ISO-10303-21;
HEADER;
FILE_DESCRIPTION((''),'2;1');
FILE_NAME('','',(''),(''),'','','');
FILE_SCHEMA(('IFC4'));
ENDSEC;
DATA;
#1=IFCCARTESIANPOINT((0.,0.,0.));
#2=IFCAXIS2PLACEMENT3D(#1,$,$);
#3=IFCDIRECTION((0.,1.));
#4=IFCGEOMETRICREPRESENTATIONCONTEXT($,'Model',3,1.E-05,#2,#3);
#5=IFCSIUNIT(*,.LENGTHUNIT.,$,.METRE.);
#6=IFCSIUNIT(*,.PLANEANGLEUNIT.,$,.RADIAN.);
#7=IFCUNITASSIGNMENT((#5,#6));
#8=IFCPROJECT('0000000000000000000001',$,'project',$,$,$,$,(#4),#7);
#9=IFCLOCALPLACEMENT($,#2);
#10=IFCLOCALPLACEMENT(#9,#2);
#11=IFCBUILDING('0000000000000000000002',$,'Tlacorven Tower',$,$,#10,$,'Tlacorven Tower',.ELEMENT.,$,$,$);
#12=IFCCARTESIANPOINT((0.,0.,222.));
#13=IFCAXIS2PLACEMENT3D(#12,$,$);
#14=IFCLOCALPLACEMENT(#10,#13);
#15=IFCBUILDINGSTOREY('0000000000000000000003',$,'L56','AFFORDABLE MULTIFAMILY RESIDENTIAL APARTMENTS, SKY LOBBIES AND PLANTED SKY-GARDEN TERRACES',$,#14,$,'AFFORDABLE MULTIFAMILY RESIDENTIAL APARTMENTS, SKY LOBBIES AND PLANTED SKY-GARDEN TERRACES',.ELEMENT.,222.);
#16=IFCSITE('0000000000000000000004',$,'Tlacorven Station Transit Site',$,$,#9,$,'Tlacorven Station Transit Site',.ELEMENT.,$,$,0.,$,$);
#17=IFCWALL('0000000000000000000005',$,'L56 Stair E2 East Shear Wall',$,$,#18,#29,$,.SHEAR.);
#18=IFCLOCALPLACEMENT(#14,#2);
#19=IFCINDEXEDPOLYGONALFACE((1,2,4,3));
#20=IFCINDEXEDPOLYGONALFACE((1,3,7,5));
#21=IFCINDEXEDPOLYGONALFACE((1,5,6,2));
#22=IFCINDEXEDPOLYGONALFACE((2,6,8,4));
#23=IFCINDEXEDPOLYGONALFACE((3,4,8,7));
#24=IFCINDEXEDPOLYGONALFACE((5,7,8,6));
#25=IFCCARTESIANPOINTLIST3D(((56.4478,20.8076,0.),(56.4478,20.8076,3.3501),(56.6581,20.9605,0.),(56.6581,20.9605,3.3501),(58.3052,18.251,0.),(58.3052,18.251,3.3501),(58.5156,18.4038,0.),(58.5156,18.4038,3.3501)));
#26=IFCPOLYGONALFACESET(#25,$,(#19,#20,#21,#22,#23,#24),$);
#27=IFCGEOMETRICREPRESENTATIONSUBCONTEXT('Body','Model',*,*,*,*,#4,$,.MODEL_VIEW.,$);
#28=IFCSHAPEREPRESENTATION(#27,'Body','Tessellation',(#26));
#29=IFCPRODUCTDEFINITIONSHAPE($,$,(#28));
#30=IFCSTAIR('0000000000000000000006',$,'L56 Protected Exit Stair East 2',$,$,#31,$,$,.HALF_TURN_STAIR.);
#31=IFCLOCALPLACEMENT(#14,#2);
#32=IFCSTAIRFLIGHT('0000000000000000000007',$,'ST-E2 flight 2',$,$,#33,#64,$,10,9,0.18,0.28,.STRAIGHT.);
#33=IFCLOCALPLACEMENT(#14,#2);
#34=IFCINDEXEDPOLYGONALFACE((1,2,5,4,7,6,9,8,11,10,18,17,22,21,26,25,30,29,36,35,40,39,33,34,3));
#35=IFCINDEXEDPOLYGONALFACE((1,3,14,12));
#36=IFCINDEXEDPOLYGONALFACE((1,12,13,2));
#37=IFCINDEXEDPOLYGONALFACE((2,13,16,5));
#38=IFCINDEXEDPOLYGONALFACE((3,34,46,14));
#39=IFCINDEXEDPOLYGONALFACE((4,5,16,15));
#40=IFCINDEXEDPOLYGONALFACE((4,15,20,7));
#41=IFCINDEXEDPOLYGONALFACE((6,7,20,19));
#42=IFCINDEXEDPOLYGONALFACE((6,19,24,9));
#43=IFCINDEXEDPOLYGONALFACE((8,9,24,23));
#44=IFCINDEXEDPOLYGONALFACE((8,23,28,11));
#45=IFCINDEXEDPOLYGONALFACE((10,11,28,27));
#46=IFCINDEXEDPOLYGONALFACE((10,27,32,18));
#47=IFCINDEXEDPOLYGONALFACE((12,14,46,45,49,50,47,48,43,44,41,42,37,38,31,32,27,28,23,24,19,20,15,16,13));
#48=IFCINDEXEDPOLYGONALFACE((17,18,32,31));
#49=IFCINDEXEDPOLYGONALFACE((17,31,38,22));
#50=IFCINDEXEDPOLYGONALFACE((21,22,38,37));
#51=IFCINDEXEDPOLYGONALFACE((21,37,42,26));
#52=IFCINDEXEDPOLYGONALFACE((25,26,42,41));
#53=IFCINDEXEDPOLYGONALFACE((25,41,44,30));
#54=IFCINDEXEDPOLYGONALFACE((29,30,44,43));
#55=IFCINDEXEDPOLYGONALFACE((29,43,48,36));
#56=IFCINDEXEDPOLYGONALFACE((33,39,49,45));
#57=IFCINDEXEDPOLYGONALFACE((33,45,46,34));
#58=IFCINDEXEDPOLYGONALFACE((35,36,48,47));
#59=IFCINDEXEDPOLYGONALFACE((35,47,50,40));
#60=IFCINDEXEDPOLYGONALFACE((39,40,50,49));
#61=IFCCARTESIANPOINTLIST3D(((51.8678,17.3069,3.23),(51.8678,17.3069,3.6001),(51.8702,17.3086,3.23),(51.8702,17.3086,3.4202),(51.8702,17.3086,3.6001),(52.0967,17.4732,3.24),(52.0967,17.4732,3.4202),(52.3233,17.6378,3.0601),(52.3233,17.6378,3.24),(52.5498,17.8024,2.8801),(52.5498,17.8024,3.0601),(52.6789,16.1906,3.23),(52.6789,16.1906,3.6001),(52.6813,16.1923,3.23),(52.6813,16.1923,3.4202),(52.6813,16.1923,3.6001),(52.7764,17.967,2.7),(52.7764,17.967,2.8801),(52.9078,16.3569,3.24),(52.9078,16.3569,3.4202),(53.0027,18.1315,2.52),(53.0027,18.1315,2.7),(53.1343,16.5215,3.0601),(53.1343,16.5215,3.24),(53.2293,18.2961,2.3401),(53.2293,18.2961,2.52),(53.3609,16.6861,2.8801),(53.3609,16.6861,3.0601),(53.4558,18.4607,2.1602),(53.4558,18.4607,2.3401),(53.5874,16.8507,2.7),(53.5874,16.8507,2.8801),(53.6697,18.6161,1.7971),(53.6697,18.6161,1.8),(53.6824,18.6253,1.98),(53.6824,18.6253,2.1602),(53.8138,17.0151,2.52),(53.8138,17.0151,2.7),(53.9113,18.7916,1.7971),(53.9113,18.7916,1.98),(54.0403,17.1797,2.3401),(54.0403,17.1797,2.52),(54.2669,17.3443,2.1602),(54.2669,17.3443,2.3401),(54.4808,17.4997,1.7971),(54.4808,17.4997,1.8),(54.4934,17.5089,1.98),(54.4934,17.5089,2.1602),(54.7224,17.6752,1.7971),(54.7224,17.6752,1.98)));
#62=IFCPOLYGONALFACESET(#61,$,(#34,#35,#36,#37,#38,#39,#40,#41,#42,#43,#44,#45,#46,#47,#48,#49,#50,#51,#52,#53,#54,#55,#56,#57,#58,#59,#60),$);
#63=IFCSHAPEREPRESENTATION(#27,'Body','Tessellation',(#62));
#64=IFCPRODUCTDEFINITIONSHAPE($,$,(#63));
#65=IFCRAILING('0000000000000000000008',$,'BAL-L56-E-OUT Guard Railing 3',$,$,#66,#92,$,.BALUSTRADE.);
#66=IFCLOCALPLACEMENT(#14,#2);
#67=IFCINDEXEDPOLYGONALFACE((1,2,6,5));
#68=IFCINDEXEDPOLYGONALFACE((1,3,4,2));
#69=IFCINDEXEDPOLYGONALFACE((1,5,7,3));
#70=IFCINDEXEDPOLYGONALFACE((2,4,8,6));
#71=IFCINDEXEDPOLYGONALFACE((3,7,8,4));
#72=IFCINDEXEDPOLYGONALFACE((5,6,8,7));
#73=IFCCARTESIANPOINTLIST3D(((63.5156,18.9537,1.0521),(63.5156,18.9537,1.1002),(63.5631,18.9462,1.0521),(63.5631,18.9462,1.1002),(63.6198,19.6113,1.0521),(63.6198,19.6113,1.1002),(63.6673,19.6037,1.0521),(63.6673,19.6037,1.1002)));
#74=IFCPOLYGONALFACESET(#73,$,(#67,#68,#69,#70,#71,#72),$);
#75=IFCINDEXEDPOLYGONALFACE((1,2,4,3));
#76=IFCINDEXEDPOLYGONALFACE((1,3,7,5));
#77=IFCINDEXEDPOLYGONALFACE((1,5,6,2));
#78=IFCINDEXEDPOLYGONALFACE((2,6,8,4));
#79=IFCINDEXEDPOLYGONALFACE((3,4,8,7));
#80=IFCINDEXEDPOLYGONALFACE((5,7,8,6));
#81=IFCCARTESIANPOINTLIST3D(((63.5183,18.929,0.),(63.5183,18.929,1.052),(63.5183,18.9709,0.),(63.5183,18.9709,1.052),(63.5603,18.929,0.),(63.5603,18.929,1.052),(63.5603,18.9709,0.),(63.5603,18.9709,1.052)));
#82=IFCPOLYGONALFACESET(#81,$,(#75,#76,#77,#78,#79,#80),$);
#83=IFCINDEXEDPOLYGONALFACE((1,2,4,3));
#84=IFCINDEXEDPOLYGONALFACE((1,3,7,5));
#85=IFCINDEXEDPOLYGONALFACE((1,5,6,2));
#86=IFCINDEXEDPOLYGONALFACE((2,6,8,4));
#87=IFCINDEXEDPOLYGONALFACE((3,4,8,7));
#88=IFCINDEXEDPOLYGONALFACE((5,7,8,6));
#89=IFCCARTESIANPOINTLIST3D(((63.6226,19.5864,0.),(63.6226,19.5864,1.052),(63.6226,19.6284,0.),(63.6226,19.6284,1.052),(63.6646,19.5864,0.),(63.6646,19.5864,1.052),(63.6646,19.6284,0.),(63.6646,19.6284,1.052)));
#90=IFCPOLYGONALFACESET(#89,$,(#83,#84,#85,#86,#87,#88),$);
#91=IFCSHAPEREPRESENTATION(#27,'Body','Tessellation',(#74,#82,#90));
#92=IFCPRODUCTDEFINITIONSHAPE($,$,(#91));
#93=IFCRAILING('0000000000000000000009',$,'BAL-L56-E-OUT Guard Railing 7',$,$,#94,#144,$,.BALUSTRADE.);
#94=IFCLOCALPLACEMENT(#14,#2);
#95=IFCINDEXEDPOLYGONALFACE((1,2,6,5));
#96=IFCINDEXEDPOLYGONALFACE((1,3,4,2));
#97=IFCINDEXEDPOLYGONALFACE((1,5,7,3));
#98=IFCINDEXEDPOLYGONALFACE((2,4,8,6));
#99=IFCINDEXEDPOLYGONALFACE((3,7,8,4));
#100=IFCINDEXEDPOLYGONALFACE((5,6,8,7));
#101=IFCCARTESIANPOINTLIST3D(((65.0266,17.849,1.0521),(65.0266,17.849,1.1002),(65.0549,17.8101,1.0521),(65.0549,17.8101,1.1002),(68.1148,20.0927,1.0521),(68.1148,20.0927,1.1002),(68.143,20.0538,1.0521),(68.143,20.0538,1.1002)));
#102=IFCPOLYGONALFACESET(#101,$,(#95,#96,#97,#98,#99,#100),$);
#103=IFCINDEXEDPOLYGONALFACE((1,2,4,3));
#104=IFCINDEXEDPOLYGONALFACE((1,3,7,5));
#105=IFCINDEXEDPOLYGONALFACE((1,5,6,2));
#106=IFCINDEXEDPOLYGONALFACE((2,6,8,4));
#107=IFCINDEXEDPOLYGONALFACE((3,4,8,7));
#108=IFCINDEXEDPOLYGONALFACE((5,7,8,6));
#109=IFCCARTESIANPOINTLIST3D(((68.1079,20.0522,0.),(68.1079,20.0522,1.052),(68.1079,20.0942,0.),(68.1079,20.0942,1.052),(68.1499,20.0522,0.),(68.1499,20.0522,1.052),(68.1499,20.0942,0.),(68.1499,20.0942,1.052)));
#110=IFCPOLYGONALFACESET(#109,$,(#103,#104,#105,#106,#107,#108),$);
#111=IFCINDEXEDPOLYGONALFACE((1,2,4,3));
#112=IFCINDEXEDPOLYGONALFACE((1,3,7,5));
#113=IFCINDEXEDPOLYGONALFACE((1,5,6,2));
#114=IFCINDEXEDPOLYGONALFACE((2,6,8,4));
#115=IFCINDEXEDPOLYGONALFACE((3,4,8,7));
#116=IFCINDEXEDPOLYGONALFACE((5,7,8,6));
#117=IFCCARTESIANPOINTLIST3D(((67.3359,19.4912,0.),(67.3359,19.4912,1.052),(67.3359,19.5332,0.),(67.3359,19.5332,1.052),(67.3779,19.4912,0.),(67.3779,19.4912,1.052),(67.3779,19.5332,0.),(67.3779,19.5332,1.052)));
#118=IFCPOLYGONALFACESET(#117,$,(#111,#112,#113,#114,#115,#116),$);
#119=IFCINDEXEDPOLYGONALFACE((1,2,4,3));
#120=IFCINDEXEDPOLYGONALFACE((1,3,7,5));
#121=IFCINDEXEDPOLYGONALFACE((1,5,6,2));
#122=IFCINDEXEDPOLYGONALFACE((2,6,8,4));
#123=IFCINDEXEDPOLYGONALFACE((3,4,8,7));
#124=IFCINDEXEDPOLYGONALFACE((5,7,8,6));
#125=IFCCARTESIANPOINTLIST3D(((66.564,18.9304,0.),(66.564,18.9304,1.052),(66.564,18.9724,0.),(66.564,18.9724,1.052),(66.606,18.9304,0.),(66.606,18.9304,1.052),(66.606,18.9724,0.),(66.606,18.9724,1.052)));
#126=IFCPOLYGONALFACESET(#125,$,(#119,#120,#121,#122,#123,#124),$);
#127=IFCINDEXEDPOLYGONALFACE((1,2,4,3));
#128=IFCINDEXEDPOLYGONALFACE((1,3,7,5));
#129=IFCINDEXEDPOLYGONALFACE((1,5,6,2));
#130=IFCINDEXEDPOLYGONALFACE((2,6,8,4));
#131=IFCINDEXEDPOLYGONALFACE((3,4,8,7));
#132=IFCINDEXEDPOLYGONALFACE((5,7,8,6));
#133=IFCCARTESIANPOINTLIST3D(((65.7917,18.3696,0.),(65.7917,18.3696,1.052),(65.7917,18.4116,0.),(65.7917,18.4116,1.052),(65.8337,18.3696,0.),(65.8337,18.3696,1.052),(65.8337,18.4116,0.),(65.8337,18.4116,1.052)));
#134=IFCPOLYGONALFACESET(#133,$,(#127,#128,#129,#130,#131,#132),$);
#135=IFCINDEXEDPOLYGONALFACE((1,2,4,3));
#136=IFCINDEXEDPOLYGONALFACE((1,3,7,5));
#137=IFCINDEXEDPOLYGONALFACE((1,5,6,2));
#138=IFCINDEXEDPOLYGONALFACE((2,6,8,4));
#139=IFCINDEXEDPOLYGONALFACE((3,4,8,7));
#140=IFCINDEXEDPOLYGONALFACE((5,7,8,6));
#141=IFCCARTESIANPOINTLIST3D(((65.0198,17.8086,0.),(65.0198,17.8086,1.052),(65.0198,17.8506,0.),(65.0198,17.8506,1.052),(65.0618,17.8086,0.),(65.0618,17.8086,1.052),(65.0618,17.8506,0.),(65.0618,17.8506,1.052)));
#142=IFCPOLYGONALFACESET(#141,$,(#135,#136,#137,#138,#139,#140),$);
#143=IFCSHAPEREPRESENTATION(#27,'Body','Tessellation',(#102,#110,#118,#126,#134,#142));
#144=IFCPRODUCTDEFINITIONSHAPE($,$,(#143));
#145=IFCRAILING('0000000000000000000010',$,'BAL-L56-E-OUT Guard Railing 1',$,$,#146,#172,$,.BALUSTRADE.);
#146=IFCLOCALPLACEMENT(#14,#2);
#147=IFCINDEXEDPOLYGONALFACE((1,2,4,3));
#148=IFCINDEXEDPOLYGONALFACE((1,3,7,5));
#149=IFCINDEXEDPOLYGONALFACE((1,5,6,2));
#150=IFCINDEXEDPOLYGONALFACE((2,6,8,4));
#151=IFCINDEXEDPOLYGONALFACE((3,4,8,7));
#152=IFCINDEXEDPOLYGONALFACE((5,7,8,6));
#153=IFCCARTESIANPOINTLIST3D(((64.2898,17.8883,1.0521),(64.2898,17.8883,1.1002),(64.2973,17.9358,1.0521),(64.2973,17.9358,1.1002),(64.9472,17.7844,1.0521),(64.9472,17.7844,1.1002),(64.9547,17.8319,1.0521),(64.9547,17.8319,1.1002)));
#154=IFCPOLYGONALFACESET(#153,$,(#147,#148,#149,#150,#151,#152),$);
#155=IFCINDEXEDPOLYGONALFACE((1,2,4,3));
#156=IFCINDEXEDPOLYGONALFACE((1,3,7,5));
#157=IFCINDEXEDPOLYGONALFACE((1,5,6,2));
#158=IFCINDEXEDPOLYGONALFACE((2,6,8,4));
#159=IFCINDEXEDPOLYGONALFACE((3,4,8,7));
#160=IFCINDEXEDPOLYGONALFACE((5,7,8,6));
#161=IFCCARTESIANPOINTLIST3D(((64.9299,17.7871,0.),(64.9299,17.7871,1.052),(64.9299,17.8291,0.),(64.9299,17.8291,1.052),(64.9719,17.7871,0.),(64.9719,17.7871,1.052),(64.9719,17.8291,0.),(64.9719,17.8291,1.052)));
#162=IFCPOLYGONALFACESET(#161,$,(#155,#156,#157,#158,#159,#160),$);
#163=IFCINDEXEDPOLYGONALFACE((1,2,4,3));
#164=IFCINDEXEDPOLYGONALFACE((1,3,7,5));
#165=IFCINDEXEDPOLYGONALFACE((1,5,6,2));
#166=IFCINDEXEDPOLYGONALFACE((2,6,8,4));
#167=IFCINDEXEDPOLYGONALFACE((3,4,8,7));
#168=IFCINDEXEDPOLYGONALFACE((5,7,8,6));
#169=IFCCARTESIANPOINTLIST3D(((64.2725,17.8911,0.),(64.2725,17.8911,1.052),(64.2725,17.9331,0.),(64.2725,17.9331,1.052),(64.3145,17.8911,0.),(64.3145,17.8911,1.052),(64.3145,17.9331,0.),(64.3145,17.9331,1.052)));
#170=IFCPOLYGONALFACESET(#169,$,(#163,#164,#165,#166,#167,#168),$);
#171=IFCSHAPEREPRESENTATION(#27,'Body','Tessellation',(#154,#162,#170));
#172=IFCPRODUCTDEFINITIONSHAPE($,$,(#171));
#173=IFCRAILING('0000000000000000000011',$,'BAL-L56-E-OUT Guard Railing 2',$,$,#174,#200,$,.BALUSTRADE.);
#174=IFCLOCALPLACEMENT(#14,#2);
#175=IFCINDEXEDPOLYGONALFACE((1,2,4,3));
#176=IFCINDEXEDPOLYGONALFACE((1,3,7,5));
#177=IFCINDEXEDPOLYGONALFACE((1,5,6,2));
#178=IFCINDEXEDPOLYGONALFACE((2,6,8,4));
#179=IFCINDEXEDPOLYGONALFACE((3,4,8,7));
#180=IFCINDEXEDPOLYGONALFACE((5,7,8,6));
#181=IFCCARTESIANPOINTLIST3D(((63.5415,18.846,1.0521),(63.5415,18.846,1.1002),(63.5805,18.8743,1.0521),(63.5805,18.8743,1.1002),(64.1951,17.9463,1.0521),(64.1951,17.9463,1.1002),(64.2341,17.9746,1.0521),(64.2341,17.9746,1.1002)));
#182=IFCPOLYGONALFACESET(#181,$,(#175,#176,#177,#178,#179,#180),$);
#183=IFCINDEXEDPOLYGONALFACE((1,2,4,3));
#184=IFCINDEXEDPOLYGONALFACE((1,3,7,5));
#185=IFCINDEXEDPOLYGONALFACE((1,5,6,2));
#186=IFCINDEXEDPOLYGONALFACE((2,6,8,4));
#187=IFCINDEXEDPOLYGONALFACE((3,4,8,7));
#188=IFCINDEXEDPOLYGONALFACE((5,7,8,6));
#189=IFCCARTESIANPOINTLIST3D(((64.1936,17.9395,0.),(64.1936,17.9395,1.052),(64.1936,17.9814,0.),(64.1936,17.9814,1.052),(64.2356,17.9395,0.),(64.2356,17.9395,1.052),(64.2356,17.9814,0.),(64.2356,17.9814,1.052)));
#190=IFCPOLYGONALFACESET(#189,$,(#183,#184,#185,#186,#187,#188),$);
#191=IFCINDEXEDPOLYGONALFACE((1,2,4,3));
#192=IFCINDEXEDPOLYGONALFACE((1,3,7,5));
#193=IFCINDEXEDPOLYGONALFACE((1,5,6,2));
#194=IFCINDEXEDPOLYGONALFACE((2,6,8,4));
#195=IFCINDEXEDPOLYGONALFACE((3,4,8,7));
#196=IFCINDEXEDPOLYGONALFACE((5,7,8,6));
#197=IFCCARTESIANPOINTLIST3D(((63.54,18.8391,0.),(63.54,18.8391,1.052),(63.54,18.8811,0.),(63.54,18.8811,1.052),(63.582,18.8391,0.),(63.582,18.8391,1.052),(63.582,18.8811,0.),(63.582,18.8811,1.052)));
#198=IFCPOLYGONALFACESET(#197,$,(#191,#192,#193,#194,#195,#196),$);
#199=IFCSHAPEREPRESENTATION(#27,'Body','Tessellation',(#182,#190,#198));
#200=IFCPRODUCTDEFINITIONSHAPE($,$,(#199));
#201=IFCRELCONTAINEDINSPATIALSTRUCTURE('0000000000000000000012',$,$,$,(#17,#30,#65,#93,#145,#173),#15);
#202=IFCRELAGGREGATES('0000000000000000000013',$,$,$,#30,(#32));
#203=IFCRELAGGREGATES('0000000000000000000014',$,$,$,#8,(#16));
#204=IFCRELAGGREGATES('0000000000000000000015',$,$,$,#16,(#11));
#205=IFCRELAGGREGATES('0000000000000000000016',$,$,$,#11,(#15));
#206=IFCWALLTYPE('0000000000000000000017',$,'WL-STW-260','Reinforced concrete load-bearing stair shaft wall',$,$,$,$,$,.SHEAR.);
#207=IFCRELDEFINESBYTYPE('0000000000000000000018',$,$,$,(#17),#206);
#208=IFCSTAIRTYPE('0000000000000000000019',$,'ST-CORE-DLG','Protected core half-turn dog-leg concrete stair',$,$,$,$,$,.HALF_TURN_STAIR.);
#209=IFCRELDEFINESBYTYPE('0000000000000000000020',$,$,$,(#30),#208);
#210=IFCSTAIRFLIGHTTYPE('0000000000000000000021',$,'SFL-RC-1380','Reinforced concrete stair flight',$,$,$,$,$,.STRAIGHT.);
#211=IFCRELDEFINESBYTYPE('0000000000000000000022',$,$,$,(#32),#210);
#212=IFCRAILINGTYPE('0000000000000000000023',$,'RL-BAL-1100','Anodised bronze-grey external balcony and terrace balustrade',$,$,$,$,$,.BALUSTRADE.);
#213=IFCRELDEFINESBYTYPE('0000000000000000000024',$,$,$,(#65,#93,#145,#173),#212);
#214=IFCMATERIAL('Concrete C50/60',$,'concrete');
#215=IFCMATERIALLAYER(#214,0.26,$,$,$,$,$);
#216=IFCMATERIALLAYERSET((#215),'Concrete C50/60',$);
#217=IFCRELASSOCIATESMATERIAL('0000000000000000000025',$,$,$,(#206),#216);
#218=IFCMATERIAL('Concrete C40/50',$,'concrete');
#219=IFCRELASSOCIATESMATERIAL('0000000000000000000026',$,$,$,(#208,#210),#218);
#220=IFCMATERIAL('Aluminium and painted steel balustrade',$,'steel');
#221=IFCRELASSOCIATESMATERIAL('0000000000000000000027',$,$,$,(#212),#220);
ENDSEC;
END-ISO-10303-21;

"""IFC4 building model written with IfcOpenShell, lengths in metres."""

from ifc_helpers import new_model, si_unit, direction, frame, frame_2d, origin, origin_2d, place, context, subcontext, project, spatial, polyline, rectangle, outline, extrude, source, transform, mapped, material, layer, layer_set, type_object, element, aggregate, save


model = new_model("IFC4")

# Units and contexts
model_context = context("Model", 3, precision=1e-05, world=origin(), true_north=direction((0.0, 1.0)))
body_context = subcontext(model_context, "Body", "Model", "MODEL_VIEW")
ifc_project = project(units=[si_unit("LENGTHUNIT", "METRE"), si_unit("PLANEANGLEUNIT", "RADIAN")], contexts=[model_context])

# Site, building, storey
site_placement = place(None, origin())
site = spatial("IfcSite", under=ifc_project, at=site_placement, Name="Tlacorven Station Transit Site", LongName="Tlacorven Station Transit Site", CompositionType="ELEMENT", RefElevation=0.0)
building_placement = place(site_placement, origin())
building = spatial("IfcBuilding", under=site, at=building_placement, Name="Tlacorven Tower", LongName="Tlacorven Tower", CompositionType="ELEMENT")
storey_placement = place(building_placement, frame((0.0, 0.0, 222.0)))
storey = spatial("IfcBuildingStorey", under=building, at=storey_placement, Name="L56", Description="AFFORDABLE MULTIFAMILY RESIDENTIAL APARTMENTS, SKY LOBBIES AND PLANTED SKY-GARDEN TERRACES", LongName="AFFORDABLE MULTIFAMILY RESIDENTIAL APARTMENTS, SKY LOBBIES AND PLANTED SKY-GARDEN TERRACES", CompositionType="ELEMENT", Elevation=222.0)

# Shared definitions
ifc_material_1 = material(Name="Concrete C50/60", Category="concrete")

# Shared definitions
ifc_material_2 = material(Name="Concrete C40/50", Category="concrete")

# Wall
ifc_layer_1 = layer(ifc_material_1, 0.26)
ifc_layer_set_1 = layer_set([ifc_layer_1], Name="Concrete C50/60")
wall_type_1 = type_object("IfcWallType", Name="WL-STW-260", Description="Reinforced concrete load-bearing stair shaft wall", PredefinedType="SHEAR", material=ifc_layer_set_1)
wall_1_placement = place(storey_placement, frame((58.4104, 18.3274, 0.0), z_axis=(0.0, 0.0, 1.0), x_axis=(-0.587767, 0.80903, 0.0)))
element("IfcWall", 1, at=wall_1_placement, inside=storey, type_object=wall_type_1, Name="L56 Stair E2 East Shear Wall", PredefinedType="SHEAR", context=body_context, shape_type="SweptSolid", body=[
    extrude(rectangle(XDim=3.1602, YDim=0.26, at=frame_2d((1.5801, 0.0))), origin(), (0.0, 0.0, 1.0), 3.3501),
])

# Stair, stair flight
stair_type = type_object("IfcStairType", Name="ST-CORE-DLG", Description="Protected core half-turn dog-leg concrete stair", PredefinedType="HALF_TURN_STAIR", material=ifc_material_2)
stair_placement = place(storey_placement, origin())
stair = element("IfcStair", 2, at=stair_placement, inside=storey, type_object=stair_type, Name="L56 Protected Exit Stair East 2", PredefinedType="HALF_TURN_STAIR")
stair_flight_type = type_object("IfcStairFlightType", Name="SFL-RC-1380", Description="Reinforced concrete stair flight", PredefinedType="STRAIGHT", material=ifc_material_2)
shared_shape_1 = source(origin(), body_context, "Body", "SweptSolid", [
    extrude(outline(polyline([(-0.0029, -0.0029), (-0.0029, 0.1799), (0.28, 0.1799), (0.28, 0.3601), (0.5601, 0.3601), (0.5601, 0.54), (0.8401, 0.54), (0.8401, 0.72), (1.1201, 0.72), (1.1201, 0.8999), (1.3999, 0.8999), (1.3999, 1.0801), (1.6799, 1.0801), (1.6799, 1.26), (1.96, 1.26), (1.96, 1.4399), (2.24, 1.4399), (2.24, 1.6201), (2.52, 1.6201), (2.52, 1.8), (2.5229, 1.8), (2.5229, 1.4299), (2.52, 1.4299), (0.2957, 0.0), (0.2957, -0.0029), (-0.0029, -0.0029)])), frame((0.0, 0.6899, 0.0), z_axis=(0.0, -1.0, 0.0), x_axis=(1.0, 0.0, 0.0)), (0.0, 0.0, 1.0), 1.3799),
])
stair_flight_placement = place(storey_placement, frame((54.3145, 18.2317, 1.8), z_axis=(0.0, 0.0, 1.0), x_axis=(-0.809017, -0.587785, 0.0)))
stair_flight = element("IfcStairFlight", 3, at=stair_flight_placement, type_object=stair_flight_type, Name="ST-E2 flight 2", NumberOfRisers=10, NumberOfTreads=9, PredefinedType="STRAIGHT", RiserHeight=0.18, TreadLength=0.28, context=body_context, shape_type="MappedRepresentation", body=[
    mapped(shared_shape_1, transform((0.0, 0.0, 0.0), scale=1.0)),
])
aggregate(stair, [stair_flight])

# Railings
ifc_material_3 = material(Name="Aluminium and painted steel balustrade", Category="steel")
railing_type_1 = type_object("IfcRailingType", Name="RL-BAL-1100", Description="Anodised bronze-grey external balcony and terrace balustrade", PredefinedType="BALUSTRADE", material=ifc_material_3)
shared_shape_2 = source(origin(), body_context, "Body", "SweptSolid", [
    extrude(rectangle(XDim=0.0481, YDim=0.0481, at=origin_2d()), frame((0.0, 0.0, 1.0762), z_axis=(0.156603, 0.987662, 0.0), x_axis=(-0.987662, 0.156603, 0.0)), (0.0, 0.0, 1.0), 0.6658),
    extrude(rectangle(XDim=0.042, YDim=0.042, at=origin_2d()), origin(), (0.0, 0.0, 1.0), 1.052),
    extrude(rectangle(XDim=0.042, YDim=0.042, at=origin_2d()), frame((0.1042, 0.6575, 0.0)), (0.0, 0.0, 1.0), 1.052),
])
railing_1_placement = place(storey_placement, frame((63.5393, 18.95, 0.0)))
element("IfcRailing", 4, at=railing_1_placement, inside=storey, type_object=railing_type_1, Name="BAL-L56-E-OUT Guard Railing 3", PredefinedType="BALUSTRADE", context=body_context, shape_type="MappedRepresentation", body=[
    mapped(shared_shape_2, transform((0.0, 0.0, 0.0), scale=1.0)),
])
shared_shape_3 = source(origin(), body_context, "Body", "SweptSolid", [
    extrude(rectangle(XDim=0.0481, YDim=0.0481, at=origin_2d()), frame((0.0, 0.0, 1.0762), z_axis=(-0.809018, -0.587784, 0.0), x_axis=(0.587784, -0.809018, 0.0)), (0.0, 0.0, 1.0), 3.8171),
    extrude(rectangle(XDim=0.042, YDim=0.042, at=origin_2d()), origin(), (0.0, 0.0, 1.0), 1.052),
    extrude(rectangle(XDim=0.042, YDim=0.042, at=origin_2d()), frame((-0.772, -0.561, 0.0)), (0.0, 0.0, 1.0), 1.052),
    extrude(rectangle(XDim=0.042, YDim=0.042, at=origin_2d()), frame((-1.5439, -1.1218, 0.0)), (0.0, 0.0, 1.0), 1.052),
    extrude(rectangle(XDim=0.042, YDim=0.042, at=origin_2d()), frame((-2.3162, -1.6826, 0.0)), (0.0, 0.0, 1.0), 1.052),
    extrude(rectangle(XDim=0.042, YDim=0.042, at=origin_2d()), frame((-3.0881, -2.2437, 0.0)), (0.0, 0.0, 1.0), 1.052),
])
railing_2_placement = place(storey_placement, frame((68.1289, 20.0732, 0.0)))
element("IfcRailing", 5, at=railing_2_placement, inside=storey, type_object=railing_type_1, Name="BAL-L56-E-OUT Guard Railing 7", PredefinedType="BALUSTRADE", context=body_context, shape_type="MappedRepresentation", body=[
    mapped(shared_shape_3, transform((0.0, 0.0, 0.0), scale=1.0)),
])
shared_shape_4 = source(origin(), body_context, "Body", "SweptSolid", [
    extrude(rectangle(XDim=0.0481, YDim=0.0481, at=origin_2d()), frame((0.0, 0.0, 1.0762), z_axis=(-0.987718, 0.156245, 0.0), x_axis=(-0.156245, -0.987718, 0.0)), (0.0, 0.0, 1.0), 0.6655),
    extrude(rectangle(XDim=0.042, YDim=0.042, at=origin_2d()), origin(), (0.0, 0.0, 1.0), 1.052),
    extrude(rectangle(XDim=0.042, YDim=0.042, at=origin_2d()), frame((-0.6575, 0.104, 0.0)), (0.0, 0.0, 1.0), 1.052),
])
railing_3_placement = place(storey_placement, frame((64.9509, 17.8081, 0.0)))
element("IfcRailing", 6, at=railing_3_placement, inside=storey, type_object=railing_type_1, Name="BAL-L56-E-OUT Guard Railing 1", PredefinedType="BALUSTRADE", context=body_context, shape_type="MappedRepresentation", body=[
    mapped(shared_shape_4, transform((0.0, 0.0, 0.0), scale=1.0)),
])
shared_shape_5 = source(origin(), body_context, "Body", "SweptSolid", [
    extrude(rectangle(XDim=0.0481, YDim=0.0481, at=origin_2d()), frame((0.0, 0.0, 1.0762), z_axis=(-0.587741, 0.809049, 0.0), x_axis=(-0.809049, -0.587741, 0.0)), (0.0, 0.0, 1.0), 1.1121),
    extrude(rectangle(XDim=0.042, YDim=0.042, at=origin_2d()), origin(), (0.0, 0.0, 1.0), 1.052),
    extrude(rectangle(XDim=0.042, YDim=0.042, at=origin_2d()), frame((-0.6536, 0.8997, 0.0)), (0.0, 0.0, 1.0), 1.052),
])
railing_4_placement = place(storey_placement, frame((64.2146, 17.9604, 0.0)))
element("IfcRailing", 7, at=railing_4_placement, inside=storey, type_object=railing_type_1, Name="BAL-L56-E-OUT Guard Railing 2", PredefinedType="BALUSTRADE", context=body_context, shape_type="MappedRepresentation", body=[
    mapped(shared_shape_5, transform((0.0, 0.0, 0.0), scale=1.0)),
])

save(model, "model.ifc")
